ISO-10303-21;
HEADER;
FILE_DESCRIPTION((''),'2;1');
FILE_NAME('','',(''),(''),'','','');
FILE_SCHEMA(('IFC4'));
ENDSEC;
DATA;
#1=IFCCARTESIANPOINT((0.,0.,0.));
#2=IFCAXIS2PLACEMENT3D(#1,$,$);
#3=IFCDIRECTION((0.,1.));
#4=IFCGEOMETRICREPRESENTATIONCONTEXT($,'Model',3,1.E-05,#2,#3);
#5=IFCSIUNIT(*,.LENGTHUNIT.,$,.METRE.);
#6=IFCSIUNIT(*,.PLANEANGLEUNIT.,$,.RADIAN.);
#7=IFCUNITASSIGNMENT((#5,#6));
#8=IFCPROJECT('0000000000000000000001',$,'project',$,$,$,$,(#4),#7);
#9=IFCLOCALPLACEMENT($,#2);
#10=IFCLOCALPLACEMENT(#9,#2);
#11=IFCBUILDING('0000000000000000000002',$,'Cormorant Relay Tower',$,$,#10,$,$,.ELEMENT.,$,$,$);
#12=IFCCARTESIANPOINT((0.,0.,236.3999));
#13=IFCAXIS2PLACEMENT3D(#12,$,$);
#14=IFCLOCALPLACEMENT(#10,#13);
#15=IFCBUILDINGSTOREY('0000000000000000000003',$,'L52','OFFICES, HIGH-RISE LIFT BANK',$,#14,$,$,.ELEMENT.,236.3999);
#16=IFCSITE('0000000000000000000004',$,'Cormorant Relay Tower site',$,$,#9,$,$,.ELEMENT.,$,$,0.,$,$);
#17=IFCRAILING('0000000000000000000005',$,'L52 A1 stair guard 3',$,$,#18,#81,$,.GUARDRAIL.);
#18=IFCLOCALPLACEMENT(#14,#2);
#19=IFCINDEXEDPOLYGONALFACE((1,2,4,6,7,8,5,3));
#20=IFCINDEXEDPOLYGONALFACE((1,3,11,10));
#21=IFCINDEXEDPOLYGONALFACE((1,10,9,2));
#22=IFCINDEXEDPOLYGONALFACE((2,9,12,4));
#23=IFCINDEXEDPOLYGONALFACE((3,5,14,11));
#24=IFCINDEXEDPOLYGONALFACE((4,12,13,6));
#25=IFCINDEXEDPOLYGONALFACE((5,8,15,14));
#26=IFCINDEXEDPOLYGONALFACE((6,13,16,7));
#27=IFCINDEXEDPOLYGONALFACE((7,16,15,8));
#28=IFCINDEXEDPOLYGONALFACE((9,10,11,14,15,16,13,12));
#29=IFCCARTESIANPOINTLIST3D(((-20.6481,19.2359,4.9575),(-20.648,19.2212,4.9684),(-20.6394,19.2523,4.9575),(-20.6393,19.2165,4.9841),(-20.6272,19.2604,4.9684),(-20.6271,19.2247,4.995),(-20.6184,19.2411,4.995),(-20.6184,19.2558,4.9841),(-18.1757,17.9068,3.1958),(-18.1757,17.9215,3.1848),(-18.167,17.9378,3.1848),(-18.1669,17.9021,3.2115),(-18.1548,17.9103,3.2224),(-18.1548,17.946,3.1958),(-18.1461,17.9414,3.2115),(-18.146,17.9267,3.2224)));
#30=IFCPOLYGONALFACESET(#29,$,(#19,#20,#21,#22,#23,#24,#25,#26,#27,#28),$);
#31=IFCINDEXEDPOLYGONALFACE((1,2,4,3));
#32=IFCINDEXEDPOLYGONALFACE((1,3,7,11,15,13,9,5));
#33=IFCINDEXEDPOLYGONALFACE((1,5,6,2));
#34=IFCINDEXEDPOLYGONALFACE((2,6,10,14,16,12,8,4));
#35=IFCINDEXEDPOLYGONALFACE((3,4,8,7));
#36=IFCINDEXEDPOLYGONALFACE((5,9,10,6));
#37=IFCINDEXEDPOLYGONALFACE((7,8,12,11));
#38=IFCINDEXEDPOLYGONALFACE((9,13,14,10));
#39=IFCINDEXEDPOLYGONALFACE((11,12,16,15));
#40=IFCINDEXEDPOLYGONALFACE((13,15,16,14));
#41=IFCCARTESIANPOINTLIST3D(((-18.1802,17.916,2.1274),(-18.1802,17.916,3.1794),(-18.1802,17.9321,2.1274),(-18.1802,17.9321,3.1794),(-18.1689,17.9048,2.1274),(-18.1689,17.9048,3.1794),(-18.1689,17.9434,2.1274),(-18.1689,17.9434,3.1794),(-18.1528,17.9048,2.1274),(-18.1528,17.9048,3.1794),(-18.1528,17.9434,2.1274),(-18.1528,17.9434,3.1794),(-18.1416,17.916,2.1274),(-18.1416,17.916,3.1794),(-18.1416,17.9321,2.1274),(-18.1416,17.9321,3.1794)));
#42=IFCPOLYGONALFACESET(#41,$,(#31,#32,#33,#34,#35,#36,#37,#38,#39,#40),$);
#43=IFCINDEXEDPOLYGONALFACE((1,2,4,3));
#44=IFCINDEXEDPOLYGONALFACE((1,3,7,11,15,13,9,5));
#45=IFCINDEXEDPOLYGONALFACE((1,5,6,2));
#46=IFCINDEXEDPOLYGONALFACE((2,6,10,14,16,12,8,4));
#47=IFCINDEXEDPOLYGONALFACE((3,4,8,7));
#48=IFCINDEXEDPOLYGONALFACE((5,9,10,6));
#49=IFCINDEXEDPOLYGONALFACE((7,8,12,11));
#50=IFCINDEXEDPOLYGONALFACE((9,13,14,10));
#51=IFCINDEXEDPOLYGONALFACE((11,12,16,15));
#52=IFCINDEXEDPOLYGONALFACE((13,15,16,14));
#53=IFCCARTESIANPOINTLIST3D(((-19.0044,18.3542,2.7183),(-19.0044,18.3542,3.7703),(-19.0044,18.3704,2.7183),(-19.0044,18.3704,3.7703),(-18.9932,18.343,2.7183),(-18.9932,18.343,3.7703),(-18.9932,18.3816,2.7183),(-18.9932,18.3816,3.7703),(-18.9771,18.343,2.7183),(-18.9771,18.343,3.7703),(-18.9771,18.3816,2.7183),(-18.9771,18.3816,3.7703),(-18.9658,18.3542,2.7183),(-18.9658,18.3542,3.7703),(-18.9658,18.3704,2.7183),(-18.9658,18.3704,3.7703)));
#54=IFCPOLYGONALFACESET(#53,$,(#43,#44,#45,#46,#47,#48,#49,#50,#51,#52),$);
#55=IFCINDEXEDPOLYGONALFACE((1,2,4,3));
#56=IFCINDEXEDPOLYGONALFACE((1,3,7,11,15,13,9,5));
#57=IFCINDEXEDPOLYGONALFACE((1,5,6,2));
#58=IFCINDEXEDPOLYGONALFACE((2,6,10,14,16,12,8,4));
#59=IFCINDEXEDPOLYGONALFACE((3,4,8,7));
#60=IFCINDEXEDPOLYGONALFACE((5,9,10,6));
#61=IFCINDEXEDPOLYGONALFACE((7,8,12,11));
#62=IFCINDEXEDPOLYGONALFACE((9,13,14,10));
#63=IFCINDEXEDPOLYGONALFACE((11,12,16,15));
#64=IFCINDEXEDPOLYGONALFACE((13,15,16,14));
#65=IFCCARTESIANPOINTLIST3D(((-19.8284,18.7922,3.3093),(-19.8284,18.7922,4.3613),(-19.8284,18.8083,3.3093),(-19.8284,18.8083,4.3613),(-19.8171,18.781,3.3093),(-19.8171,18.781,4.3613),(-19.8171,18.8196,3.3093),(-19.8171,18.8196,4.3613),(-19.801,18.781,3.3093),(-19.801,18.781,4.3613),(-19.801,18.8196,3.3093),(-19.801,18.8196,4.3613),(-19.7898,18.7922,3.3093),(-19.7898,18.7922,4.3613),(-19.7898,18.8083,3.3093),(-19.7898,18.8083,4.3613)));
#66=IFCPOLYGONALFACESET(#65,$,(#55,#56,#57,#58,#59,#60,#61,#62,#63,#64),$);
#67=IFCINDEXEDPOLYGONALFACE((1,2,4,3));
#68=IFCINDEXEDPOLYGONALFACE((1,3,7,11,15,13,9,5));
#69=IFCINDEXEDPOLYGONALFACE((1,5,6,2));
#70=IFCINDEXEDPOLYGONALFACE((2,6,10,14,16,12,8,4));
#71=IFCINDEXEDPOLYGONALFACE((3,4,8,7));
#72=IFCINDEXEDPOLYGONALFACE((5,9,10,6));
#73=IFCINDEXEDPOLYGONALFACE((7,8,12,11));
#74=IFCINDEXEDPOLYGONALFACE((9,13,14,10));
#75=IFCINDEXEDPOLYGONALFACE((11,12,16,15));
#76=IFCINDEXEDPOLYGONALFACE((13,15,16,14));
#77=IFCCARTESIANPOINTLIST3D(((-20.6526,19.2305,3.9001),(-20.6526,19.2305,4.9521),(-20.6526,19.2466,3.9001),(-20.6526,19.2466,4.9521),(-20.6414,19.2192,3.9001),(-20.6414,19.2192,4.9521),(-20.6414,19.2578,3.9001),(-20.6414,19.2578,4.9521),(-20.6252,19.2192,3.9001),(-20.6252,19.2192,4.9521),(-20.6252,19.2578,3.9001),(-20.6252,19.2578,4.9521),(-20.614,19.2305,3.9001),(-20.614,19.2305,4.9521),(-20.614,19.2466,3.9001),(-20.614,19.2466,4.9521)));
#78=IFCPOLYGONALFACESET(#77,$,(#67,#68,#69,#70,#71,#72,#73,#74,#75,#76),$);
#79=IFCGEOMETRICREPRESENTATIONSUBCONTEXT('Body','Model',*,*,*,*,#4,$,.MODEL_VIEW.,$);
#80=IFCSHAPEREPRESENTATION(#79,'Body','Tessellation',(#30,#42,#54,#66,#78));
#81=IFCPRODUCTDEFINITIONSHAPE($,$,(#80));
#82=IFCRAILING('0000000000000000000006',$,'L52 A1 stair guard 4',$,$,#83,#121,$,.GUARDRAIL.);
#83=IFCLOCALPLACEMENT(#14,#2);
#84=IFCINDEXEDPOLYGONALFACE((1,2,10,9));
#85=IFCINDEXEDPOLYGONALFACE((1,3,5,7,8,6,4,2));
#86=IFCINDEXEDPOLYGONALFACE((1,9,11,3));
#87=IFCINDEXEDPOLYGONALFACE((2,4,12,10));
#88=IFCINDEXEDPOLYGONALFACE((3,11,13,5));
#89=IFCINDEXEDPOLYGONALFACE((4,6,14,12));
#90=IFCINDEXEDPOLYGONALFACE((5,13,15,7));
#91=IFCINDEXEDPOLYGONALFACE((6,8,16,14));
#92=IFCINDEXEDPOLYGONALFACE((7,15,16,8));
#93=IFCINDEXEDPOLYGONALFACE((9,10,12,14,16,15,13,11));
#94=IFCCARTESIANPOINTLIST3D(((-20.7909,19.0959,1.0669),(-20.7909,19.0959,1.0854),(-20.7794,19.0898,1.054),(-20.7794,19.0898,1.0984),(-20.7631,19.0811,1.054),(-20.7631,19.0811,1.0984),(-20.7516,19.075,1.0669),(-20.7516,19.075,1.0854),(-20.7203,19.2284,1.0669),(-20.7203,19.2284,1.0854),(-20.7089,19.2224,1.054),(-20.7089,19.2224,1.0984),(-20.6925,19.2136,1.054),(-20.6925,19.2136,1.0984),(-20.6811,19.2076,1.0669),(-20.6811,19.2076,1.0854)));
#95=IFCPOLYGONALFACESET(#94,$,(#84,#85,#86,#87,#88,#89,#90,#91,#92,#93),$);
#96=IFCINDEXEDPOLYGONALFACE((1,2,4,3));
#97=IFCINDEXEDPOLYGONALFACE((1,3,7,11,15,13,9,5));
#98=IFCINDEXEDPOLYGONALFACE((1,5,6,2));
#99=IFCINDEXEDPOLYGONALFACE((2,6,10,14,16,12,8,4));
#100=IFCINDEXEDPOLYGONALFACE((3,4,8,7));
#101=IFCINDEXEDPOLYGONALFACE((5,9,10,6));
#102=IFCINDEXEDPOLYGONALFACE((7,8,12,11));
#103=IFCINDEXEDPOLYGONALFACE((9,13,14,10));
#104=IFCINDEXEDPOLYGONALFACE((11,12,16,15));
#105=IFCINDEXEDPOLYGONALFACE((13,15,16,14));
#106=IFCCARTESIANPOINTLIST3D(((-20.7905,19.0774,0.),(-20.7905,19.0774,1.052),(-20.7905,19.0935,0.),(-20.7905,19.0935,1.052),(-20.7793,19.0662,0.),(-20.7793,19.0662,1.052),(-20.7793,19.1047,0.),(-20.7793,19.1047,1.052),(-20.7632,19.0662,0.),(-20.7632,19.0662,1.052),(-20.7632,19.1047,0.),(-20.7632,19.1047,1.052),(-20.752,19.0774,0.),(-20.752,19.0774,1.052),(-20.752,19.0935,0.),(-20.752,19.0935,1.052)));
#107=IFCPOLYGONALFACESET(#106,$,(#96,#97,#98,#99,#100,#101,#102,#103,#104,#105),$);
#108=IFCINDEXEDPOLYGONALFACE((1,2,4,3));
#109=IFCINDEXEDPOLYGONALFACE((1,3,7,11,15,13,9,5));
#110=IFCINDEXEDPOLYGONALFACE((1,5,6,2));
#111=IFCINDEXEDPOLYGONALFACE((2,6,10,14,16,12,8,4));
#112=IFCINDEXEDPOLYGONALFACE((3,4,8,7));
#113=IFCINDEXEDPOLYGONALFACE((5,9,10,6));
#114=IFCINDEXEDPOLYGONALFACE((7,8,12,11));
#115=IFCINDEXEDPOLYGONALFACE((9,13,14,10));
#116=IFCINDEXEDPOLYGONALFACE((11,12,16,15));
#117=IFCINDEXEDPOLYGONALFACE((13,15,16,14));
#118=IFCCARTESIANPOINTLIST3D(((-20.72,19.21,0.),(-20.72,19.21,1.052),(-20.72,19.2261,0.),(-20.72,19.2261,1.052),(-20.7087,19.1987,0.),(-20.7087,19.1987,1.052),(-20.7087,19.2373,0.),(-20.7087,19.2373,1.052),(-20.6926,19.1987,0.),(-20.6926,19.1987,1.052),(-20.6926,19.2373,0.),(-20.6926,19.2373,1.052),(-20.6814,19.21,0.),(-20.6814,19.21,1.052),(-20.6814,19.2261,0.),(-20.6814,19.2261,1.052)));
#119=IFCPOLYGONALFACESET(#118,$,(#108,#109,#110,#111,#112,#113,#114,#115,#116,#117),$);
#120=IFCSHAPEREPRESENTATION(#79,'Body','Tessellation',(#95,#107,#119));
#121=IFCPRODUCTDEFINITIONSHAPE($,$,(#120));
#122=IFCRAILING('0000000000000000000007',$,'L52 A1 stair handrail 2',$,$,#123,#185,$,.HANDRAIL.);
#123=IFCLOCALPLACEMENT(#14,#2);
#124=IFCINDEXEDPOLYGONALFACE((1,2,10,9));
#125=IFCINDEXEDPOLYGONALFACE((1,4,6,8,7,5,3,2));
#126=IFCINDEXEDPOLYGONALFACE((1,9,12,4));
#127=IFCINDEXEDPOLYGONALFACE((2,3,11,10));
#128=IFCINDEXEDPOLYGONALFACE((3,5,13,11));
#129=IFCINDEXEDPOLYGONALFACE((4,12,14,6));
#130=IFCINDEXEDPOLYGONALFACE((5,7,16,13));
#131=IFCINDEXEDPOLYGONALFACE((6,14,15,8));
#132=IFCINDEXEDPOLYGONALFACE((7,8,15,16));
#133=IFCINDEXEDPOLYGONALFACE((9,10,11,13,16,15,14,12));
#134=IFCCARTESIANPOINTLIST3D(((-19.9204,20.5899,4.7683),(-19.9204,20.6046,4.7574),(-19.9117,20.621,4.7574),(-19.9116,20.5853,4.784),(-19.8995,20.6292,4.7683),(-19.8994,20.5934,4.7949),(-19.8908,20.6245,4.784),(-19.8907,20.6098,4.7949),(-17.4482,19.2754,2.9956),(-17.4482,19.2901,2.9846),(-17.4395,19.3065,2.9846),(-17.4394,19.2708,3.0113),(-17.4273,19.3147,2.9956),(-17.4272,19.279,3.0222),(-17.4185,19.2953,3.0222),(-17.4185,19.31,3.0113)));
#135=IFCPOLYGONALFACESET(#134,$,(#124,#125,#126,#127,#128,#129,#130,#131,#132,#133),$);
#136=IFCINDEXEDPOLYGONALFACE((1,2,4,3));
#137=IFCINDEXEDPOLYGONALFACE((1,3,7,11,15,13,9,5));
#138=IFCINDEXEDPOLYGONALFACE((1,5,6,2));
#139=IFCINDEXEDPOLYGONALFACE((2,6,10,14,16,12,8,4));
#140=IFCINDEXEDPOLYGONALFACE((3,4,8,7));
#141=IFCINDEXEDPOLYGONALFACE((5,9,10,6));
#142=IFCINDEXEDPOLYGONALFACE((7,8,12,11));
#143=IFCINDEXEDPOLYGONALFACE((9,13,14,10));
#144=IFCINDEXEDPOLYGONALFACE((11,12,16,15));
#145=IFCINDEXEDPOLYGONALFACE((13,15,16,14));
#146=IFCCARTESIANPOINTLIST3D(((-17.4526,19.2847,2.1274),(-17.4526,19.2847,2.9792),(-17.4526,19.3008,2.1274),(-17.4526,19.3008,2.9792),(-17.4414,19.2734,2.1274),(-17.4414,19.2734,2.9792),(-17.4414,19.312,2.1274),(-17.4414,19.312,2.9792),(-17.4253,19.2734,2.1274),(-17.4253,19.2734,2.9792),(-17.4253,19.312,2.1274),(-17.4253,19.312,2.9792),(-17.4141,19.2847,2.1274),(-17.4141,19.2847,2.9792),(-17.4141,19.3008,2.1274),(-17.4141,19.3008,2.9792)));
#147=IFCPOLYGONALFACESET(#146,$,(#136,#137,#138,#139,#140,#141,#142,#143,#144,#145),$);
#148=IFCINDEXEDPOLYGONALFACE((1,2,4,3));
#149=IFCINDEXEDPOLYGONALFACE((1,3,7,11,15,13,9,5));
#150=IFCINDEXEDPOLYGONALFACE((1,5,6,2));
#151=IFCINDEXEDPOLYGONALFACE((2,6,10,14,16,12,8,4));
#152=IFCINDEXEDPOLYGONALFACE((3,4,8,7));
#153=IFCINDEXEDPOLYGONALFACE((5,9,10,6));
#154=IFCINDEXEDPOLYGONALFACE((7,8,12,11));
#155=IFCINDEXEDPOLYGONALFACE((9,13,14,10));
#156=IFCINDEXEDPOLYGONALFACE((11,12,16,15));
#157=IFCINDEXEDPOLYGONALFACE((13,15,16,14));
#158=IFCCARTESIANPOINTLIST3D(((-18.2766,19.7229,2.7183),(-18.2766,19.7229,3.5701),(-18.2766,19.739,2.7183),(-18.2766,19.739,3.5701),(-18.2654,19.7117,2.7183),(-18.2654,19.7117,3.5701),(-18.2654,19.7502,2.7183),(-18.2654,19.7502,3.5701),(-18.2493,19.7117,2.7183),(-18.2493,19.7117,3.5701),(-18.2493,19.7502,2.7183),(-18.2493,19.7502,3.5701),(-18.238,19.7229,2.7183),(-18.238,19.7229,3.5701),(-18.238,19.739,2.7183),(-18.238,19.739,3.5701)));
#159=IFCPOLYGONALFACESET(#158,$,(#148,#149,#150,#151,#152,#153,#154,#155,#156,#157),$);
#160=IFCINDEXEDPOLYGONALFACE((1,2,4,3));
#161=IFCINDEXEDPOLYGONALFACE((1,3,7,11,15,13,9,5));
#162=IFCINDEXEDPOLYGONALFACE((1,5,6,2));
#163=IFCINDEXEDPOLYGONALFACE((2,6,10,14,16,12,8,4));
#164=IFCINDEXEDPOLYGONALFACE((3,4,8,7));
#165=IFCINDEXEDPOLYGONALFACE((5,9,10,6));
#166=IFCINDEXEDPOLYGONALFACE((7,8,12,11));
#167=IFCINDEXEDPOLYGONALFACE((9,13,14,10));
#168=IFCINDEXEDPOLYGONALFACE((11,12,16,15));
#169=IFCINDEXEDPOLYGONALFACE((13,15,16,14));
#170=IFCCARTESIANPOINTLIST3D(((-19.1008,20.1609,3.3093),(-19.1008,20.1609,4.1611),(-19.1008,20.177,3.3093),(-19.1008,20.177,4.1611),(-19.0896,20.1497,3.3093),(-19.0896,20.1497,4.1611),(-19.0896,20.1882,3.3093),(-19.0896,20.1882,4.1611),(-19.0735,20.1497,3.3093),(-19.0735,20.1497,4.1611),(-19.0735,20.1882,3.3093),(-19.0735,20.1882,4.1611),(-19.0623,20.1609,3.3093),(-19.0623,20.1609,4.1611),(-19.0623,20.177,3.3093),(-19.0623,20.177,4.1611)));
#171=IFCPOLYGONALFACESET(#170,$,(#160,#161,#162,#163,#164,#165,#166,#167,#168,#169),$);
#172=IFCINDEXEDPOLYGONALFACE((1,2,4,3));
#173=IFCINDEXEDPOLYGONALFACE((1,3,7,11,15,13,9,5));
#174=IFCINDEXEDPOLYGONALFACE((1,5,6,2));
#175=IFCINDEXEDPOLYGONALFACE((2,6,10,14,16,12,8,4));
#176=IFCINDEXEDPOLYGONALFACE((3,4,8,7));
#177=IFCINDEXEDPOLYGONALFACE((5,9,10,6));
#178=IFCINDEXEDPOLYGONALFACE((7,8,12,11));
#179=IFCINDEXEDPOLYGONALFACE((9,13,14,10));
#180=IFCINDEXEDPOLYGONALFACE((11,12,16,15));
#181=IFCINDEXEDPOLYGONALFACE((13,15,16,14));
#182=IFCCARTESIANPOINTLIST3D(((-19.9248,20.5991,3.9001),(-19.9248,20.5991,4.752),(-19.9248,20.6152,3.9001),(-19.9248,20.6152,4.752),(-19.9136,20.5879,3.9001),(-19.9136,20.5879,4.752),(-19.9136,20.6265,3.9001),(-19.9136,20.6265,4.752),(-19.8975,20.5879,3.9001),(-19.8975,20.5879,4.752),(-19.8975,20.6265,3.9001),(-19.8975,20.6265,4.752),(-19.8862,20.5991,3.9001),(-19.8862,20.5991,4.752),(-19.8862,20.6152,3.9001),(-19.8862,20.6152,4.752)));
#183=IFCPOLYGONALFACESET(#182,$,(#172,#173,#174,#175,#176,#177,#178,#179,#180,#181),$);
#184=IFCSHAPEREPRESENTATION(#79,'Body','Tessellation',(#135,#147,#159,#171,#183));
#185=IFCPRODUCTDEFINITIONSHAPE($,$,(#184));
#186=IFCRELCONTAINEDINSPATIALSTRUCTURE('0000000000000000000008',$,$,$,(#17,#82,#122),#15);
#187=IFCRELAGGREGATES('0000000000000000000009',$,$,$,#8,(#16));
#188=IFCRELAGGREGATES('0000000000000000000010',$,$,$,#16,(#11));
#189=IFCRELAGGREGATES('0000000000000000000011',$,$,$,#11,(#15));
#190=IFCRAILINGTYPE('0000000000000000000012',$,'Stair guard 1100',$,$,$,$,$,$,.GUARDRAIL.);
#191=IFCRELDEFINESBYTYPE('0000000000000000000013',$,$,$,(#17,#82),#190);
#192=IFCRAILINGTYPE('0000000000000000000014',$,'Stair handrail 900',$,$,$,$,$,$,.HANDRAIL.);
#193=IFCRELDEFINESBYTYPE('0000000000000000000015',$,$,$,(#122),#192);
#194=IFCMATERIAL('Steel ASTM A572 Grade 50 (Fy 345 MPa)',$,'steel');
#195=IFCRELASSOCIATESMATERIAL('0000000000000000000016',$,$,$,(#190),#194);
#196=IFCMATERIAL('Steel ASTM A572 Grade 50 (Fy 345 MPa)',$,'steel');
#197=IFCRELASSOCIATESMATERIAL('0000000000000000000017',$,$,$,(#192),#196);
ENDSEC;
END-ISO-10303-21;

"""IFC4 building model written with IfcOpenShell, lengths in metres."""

from ifc_helpers import new_model, si_unit, direction, frame, origin, place, context, subcontext, project, spatial, polyline, outline, extrude, material, type_object, element, save


model = new_model("IFC4")

# Units and contexts
model_context = context("Model", 3, precision=1e-05, world=origin(), true_north=direction((0.0, 1.0)))
body_context = subcontext(model_context, "Body", "Model", "MODEL_VIEW")
ifc_project = project(units=[si_unit("LENGTHUNIT", "METRE"), si_unit("PLANEANGLEUNIT", "RADIAN")], contexts=[model_context])

# Site, building, storey
site_placement = place(None, origin())
site = spatial("IfcSite", under=ifc_project, at=site_placement, Name="Cormorant Relay Tower site", CompositionType="ELEMENT", RefElevation=0.0)
building_placement = place(site_placement, origin())
building = spatial("IfcBuilding", under=site, at=building_placement, Name="Cormorant Relay Tower", CompositionType="ELEMENT")
storey_placement = place(building_placement, frame((0.0, 0.0, 236.3999)))
storey = spatial("IfcBuildingStorey", under=building, at=storey_placement, Name="L52", Description="OFFICES, HIGH-RISE LIFT BANK", CompositionType="ELEMENT", Elevation=236.3999)

# Railings
ifc_material_1 = material(Name="Steel ASTM A572 Grade 50 (Fy 345 MPa)", Category="steel")
railing_type_1 = type_object("IfcRailingType", Name="Stair guard 1100", PredefinedType="GUARDRAIL", material=ifc_material_1)
railing_1_placement = place(storey_placement, frame((-18.1609, 17.9241, 2.1274)))
element("IfcRailing", 1, at=railing_1_placement, inside=storey, type_object=railing_type_1, Name="L52 A1 stair guard 3", PredefinedType="GUARDRAIL", context=body_context, shape_type="SweptSolid", body=[
    extrude(outline(polyline([(0.0222, 0.0093), (0.0093, 0.0222), (-0.0093, 0.0222), (-0.0222, 0.0093), (-0.0222, -0.0093), (-0.0093, -0.0222), (0.0093, -0.0222), (0.0222, -0.0093), (0.0222, 0.0093)])), frame((0.0, 0.0, 1.0762), z_axis=(-0.746034, 0.396627, 0.534902), x_axis=(-0.469429, -0.88297, 0.0)), (0.0, 0.0, 1.0), 3.314),
    extrude(outline(polyline([(0.0193, 0.0081), (0.0081, 0.0193), (-0.0081, 0.0193), (-0.0193, 0.0081), (-0.0193, -0.0081), (-0.0081, -0.0193), (0.0081, -0.0193), (0.0193, -0.0081), (0.0193, 0.0081)])), origin(), (0.0, 0.0, 1.0), 1.052),
    extrude(outline(polyline([(0.0193, 0.0081), (0.0081, 0.0193), (-0.0081, 0.0193), (-0.0193, 0.0081), (-0.0193, -0.0081), (-0.0081, -0.0193), (0.0081, -0.0193), (0.0193, -0.0081), (0.0193, 0.0081)])), frame((-0.8242, 0.4382, 0.5908)), (0.0, 0.0, 1.0), 1.052),
    extrude(outline(polyline([(0.0193, 0.0081), (0.0081, 0.0193), (-0.0081, 0.0193), (-0.0193, 0.0081), (-0.0193, -0.0081), (-0.0081, -0.0193), (0.0081, -0.0193), (0.0193, -0.0081), (0.0193, 0.0081)])), frame((-1.6482, 0.8762, 1.1819)), (0.0, 0.0, 1.0), 1.052),
    extrude(outline(polyline([(0.0193, 0.0081), (0.0081, 0.0193), (-0.0081, 0.0193), (-0.0193, 0.0081), (-0.0193, -0.0081), (-0.0081, -0.0193), (0.0081, -0.0193), (0.0193, -0.0081), (0.0193, 0.0081)])), frame((-2.4724, 1.3145, 1.7727)), (0.0, 0.0, 1.0), 1.052),
])
railing_2_placement = place(storey_placement, frame((-20.7712, 19.0854, 0.0)))
element("IfcRailing", 2, at=railing_2_placement, inside=storey, type_object=railing_type_1, Name="L52 A1 stair guard 4", PredefinedType="GUARDRAIL", context=body_context, shape_type="SweptSolid", body=[
    extrude(outline(polyline([(0.0222, 0.0093), (0.0093, 0.0222), (-0.0093, 0.0222), (-0.0222, 0.0093), (-0.0222, -0.0093), (-0.0093, -0.0222), (0.0093, -0.0222), (0.0222, -0.0093), (0.0222, 0.0093)])), frame((0.0, 0.0, 1.0762), z_axis=(0.469829, 0.882758, 0.0), x_axis=(-0.882758, 0.469829, 0.0)), (0.0, 0.0, 1.0), 0.1501),
    extrude(outline(polyline([(0.0193, 0.0081), (0.0081, 0.0193), (-0.0081, 0.0193), (-0.0193, 0.0081), (-0.0193, -0.0081), (-0.0081, -0.0193), (0.0081, -0.0193), (0.0193, -0.0081), (0.0193, 0.0081)])), origin(), (0.0, 0.0, 1.0), 1.052),
    extrude(outline(polyline([(0.0193, 0.0081), (0.0081, 0.0193), (-0.0081, 0.0193), (-0.0193, 0.0081), (-0.0193, -0.0081), (-0.0081, -0.0193), (0.0081, -0.0193), (0.0193, -0.0081), (0.0193, 0.0081)])), frame((0.0706, 0.1326, 0.0)), (0.0, 0.0, 1.0), 1.052),
])
ifc_material_2 = material(Name="Steel ASTM A572 Grade 50 (Fy 345 MPa)", Category="steel")
railing_type_2 = type_object("IfcRailingType", Name="Stair handrail 900", PredefinedType="HANDRAIL", material=ifc_material_2)
railing_3_placement = place(storey_placement, frame((-17.4333, 19.2927, 2.1274)))
element("IfcRailing", 3, at=railing_3_placement, inside=storey, type_object=railing_type_2, Name="L52 A1 stair handrail 2", PredefinedType="HANDRAIL", context=body_context, shape_type="SweptSolid", body=[
    extrude(outline(polyline([(0.0222, 0.0093), (0.0093, 0.0222), (-0.0093, 0.0222), (-0.0222, 0.0093), (-0.0222, -0.0093), (-0.0093, -0.0222), (0.0093, -0.0222), (0.0222, -0.0093), (0.0222, 0.0093)])), frame((0.0, 0.0, 0.876), z_axis=(-0.746001, 0.396649, 0.534931), x_axis=(-0.469465, -0.882951, 0.0)), (0.0, 0.0, 1.0), 3.314),
    extrude(outline(polyline([(0.0193, 0.0081), (0.0081, 0.0193), (-0.0081, 0.0193), (-0.0193, 0.0081), (-0.0193, -0.0081), (-0.0081, -0.0193), (0.0081, -0.0193), (0.0193, -0.0081), (0.0193, 0.0081)])), origin(), (0.0, 0.0, 1.0), 0.8518),
    extrude(outline(polyline([(0.0193, 0.0081), (0.0081, 0.0193), (-0.0081, 0.0193), (-0.0193, 0.0081), (-0.0193, -0.0081), (-0.0081, -0.0193), (0.0081, -0.0193), (0.0193, -0.0081), (0.0193, 0.0081)])), frame((-0.824, 0.4382, 0.5908)), (0.0, 0.0, 1.0), 0.8518),
    extrude(outline(polyline([(0.0193, 0.0081), (0.0081, 0.0193), (-0.0081, 0.0193), (-0.0193, 0.0081), (-0.0193, -0.0081), (-0.0081, -0.0193), (0.0081, -0.0193), (0.0193, -0.0081), (0.0193, 0.0081)])), frame((-1.6482, 0.8762, 1.1819)), (0.0, 0.0, 1.0), 0.8518),
    extrude(outline(polyline([(0.0193, 0.0081), (0.0081, 0.0193), (-0.0081, 0.0193), (-0.0193, 0.0081), (-0.0193, -0.0081), (-0.0081, -0.0193), (0.0081, -0.0193), (0.0193, -0.0081), (0.0193, 0.0081)])), frame((-2.4722, 1.3145, 1.7727)), (0.0, 0.0, 1.0), 0.8518),
])

save(model, "model.ifc")
